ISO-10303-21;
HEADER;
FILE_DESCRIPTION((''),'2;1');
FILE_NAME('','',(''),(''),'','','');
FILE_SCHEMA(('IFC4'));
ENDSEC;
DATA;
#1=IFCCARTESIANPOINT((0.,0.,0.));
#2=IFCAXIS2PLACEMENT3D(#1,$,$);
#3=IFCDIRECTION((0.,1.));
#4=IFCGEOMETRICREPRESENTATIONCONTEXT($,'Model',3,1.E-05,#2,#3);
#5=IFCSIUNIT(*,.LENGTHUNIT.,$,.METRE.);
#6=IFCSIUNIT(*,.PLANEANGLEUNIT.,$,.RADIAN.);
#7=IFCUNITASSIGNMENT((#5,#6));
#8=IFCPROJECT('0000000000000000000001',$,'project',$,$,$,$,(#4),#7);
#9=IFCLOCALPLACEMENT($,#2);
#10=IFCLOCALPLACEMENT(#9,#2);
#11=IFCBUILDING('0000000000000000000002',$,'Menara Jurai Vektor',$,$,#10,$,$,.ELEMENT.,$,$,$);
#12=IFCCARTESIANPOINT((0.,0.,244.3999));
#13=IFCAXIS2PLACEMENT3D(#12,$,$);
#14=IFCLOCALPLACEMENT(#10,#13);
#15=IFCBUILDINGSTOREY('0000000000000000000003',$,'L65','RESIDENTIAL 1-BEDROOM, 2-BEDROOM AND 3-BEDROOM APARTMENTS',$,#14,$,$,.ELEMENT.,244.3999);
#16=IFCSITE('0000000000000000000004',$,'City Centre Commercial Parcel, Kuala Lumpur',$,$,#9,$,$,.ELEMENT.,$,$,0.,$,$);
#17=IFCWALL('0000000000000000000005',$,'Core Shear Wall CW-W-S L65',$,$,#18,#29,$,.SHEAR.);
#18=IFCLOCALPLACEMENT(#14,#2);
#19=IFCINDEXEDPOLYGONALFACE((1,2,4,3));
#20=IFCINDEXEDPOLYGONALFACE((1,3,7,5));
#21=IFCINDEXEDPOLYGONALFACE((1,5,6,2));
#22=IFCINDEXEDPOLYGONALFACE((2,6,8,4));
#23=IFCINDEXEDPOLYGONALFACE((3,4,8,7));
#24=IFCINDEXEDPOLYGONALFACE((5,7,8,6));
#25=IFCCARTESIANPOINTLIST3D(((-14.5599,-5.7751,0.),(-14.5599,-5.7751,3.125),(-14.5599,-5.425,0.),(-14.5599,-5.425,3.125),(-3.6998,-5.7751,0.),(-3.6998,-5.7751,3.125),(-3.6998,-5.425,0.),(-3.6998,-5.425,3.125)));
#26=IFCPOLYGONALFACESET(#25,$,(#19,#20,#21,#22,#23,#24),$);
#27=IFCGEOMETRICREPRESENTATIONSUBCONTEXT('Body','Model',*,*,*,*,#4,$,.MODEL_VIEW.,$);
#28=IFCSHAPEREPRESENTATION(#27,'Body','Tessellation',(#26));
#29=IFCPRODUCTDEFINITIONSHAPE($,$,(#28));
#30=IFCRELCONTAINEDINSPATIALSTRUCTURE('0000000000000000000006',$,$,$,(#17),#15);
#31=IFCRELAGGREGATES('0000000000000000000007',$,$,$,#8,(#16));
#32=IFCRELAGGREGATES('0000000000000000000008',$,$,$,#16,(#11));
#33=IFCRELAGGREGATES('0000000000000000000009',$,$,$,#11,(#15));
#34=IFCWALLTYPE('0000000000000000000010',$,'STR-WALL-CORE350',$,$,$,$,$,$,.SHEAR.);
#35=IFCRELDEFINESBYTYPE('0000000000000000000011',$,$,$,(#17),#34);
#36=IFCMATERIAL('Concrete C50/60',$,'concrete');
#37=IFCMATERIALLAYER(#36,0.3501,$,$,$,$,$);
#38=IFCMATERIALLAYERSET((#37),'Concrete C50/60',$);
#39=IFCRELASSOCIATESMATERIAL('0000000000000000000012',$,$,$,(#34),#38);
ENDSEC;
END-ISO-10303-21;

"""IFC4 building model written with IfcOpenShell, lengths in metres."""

from ifc_helpers import new_model, si_unit, direction, frame, frame_2d, origin, place, context, subcontext, project, spatial, rectangle, extrude, material, layer, layer_set, type_object, element, save


model = new_model("IFC4")

# Units and contexts
model_context = context("Model", 3, precision=1e-05, world=origin(), true_north=direction((0.0, 1.0)))
body_context = subcontext(model_context, "Body", "Model", "MODEL_VIEW")
ifc_project = project(units=[si_unit("LENGTHUNIT", "METRE"), si_unit("PLANEANGLEUNIT", "RADIAN")], contexts=[model_context])

# Site, building, storey
site_placement = place(None, origin())
site = spatial("IfcSite", under=ifc_project, at=site_placement, Name="City Centre Commercial Parcel, Kuala Lumpur", CompositionType="ELEMENT", RefElevation=0.0)
building_placement = place(site_placement, origin())
building = spatial("IfcBuilding", under=site, at=building_placement, Name="Menara Jurai Vektor", CompositionType="ELEMENT")
storey_placement = place(building_placement, frame((0.0, 0.0, 244.3999)))
storey = spatial("IfcBuildingStorey", under=building, at=storey_placement, Name="L65", Description="RESIDENTIAL 1-BEDROOM, 2-BEDROOM AND 3-BEDROOM APARTMENTS", CompositionType="ELEMENT", Elevation=244.3999)

# Shared definitions
ifc_material_1 = material(Name="Concrete C50/60", Category="concrete")

# Wall
ifc_layer_1 = layer(ifc_material_1, 0.3501)
ifc_layer_set_1 = layer_set([ifc_layer_1], Name="Concrete C50/60")
wall_type_1 = type_object("IfcWallType", Name="STR-WALL-CORE350", PredefinedType="SHEAR", material=ifc_layer_set_1)
wall_1_placement = place(storey_placement, frame((-14.5601, -5.6001, 0.0), z_axis=(0.0, 0.0, 1.0), x_axis=(1.0, 0.0, 0.0)))
element("IfcWall", 1, at=wall_1_placement, inside=storey, type_object=wall_type_1, Name="Core Shear Wall CW-W-S L65", PredefinedType="SHEAR", context=body_context, shape_type="SweptSolid", body=[
    extrude(rectangle(XDim=10.8601, YDim=0.3501, at=frame_2d((5.4302, 0.0))), origin(), (0.0, 0.0, 1.0), 3.125),
])

save(model, "model.ifc")
